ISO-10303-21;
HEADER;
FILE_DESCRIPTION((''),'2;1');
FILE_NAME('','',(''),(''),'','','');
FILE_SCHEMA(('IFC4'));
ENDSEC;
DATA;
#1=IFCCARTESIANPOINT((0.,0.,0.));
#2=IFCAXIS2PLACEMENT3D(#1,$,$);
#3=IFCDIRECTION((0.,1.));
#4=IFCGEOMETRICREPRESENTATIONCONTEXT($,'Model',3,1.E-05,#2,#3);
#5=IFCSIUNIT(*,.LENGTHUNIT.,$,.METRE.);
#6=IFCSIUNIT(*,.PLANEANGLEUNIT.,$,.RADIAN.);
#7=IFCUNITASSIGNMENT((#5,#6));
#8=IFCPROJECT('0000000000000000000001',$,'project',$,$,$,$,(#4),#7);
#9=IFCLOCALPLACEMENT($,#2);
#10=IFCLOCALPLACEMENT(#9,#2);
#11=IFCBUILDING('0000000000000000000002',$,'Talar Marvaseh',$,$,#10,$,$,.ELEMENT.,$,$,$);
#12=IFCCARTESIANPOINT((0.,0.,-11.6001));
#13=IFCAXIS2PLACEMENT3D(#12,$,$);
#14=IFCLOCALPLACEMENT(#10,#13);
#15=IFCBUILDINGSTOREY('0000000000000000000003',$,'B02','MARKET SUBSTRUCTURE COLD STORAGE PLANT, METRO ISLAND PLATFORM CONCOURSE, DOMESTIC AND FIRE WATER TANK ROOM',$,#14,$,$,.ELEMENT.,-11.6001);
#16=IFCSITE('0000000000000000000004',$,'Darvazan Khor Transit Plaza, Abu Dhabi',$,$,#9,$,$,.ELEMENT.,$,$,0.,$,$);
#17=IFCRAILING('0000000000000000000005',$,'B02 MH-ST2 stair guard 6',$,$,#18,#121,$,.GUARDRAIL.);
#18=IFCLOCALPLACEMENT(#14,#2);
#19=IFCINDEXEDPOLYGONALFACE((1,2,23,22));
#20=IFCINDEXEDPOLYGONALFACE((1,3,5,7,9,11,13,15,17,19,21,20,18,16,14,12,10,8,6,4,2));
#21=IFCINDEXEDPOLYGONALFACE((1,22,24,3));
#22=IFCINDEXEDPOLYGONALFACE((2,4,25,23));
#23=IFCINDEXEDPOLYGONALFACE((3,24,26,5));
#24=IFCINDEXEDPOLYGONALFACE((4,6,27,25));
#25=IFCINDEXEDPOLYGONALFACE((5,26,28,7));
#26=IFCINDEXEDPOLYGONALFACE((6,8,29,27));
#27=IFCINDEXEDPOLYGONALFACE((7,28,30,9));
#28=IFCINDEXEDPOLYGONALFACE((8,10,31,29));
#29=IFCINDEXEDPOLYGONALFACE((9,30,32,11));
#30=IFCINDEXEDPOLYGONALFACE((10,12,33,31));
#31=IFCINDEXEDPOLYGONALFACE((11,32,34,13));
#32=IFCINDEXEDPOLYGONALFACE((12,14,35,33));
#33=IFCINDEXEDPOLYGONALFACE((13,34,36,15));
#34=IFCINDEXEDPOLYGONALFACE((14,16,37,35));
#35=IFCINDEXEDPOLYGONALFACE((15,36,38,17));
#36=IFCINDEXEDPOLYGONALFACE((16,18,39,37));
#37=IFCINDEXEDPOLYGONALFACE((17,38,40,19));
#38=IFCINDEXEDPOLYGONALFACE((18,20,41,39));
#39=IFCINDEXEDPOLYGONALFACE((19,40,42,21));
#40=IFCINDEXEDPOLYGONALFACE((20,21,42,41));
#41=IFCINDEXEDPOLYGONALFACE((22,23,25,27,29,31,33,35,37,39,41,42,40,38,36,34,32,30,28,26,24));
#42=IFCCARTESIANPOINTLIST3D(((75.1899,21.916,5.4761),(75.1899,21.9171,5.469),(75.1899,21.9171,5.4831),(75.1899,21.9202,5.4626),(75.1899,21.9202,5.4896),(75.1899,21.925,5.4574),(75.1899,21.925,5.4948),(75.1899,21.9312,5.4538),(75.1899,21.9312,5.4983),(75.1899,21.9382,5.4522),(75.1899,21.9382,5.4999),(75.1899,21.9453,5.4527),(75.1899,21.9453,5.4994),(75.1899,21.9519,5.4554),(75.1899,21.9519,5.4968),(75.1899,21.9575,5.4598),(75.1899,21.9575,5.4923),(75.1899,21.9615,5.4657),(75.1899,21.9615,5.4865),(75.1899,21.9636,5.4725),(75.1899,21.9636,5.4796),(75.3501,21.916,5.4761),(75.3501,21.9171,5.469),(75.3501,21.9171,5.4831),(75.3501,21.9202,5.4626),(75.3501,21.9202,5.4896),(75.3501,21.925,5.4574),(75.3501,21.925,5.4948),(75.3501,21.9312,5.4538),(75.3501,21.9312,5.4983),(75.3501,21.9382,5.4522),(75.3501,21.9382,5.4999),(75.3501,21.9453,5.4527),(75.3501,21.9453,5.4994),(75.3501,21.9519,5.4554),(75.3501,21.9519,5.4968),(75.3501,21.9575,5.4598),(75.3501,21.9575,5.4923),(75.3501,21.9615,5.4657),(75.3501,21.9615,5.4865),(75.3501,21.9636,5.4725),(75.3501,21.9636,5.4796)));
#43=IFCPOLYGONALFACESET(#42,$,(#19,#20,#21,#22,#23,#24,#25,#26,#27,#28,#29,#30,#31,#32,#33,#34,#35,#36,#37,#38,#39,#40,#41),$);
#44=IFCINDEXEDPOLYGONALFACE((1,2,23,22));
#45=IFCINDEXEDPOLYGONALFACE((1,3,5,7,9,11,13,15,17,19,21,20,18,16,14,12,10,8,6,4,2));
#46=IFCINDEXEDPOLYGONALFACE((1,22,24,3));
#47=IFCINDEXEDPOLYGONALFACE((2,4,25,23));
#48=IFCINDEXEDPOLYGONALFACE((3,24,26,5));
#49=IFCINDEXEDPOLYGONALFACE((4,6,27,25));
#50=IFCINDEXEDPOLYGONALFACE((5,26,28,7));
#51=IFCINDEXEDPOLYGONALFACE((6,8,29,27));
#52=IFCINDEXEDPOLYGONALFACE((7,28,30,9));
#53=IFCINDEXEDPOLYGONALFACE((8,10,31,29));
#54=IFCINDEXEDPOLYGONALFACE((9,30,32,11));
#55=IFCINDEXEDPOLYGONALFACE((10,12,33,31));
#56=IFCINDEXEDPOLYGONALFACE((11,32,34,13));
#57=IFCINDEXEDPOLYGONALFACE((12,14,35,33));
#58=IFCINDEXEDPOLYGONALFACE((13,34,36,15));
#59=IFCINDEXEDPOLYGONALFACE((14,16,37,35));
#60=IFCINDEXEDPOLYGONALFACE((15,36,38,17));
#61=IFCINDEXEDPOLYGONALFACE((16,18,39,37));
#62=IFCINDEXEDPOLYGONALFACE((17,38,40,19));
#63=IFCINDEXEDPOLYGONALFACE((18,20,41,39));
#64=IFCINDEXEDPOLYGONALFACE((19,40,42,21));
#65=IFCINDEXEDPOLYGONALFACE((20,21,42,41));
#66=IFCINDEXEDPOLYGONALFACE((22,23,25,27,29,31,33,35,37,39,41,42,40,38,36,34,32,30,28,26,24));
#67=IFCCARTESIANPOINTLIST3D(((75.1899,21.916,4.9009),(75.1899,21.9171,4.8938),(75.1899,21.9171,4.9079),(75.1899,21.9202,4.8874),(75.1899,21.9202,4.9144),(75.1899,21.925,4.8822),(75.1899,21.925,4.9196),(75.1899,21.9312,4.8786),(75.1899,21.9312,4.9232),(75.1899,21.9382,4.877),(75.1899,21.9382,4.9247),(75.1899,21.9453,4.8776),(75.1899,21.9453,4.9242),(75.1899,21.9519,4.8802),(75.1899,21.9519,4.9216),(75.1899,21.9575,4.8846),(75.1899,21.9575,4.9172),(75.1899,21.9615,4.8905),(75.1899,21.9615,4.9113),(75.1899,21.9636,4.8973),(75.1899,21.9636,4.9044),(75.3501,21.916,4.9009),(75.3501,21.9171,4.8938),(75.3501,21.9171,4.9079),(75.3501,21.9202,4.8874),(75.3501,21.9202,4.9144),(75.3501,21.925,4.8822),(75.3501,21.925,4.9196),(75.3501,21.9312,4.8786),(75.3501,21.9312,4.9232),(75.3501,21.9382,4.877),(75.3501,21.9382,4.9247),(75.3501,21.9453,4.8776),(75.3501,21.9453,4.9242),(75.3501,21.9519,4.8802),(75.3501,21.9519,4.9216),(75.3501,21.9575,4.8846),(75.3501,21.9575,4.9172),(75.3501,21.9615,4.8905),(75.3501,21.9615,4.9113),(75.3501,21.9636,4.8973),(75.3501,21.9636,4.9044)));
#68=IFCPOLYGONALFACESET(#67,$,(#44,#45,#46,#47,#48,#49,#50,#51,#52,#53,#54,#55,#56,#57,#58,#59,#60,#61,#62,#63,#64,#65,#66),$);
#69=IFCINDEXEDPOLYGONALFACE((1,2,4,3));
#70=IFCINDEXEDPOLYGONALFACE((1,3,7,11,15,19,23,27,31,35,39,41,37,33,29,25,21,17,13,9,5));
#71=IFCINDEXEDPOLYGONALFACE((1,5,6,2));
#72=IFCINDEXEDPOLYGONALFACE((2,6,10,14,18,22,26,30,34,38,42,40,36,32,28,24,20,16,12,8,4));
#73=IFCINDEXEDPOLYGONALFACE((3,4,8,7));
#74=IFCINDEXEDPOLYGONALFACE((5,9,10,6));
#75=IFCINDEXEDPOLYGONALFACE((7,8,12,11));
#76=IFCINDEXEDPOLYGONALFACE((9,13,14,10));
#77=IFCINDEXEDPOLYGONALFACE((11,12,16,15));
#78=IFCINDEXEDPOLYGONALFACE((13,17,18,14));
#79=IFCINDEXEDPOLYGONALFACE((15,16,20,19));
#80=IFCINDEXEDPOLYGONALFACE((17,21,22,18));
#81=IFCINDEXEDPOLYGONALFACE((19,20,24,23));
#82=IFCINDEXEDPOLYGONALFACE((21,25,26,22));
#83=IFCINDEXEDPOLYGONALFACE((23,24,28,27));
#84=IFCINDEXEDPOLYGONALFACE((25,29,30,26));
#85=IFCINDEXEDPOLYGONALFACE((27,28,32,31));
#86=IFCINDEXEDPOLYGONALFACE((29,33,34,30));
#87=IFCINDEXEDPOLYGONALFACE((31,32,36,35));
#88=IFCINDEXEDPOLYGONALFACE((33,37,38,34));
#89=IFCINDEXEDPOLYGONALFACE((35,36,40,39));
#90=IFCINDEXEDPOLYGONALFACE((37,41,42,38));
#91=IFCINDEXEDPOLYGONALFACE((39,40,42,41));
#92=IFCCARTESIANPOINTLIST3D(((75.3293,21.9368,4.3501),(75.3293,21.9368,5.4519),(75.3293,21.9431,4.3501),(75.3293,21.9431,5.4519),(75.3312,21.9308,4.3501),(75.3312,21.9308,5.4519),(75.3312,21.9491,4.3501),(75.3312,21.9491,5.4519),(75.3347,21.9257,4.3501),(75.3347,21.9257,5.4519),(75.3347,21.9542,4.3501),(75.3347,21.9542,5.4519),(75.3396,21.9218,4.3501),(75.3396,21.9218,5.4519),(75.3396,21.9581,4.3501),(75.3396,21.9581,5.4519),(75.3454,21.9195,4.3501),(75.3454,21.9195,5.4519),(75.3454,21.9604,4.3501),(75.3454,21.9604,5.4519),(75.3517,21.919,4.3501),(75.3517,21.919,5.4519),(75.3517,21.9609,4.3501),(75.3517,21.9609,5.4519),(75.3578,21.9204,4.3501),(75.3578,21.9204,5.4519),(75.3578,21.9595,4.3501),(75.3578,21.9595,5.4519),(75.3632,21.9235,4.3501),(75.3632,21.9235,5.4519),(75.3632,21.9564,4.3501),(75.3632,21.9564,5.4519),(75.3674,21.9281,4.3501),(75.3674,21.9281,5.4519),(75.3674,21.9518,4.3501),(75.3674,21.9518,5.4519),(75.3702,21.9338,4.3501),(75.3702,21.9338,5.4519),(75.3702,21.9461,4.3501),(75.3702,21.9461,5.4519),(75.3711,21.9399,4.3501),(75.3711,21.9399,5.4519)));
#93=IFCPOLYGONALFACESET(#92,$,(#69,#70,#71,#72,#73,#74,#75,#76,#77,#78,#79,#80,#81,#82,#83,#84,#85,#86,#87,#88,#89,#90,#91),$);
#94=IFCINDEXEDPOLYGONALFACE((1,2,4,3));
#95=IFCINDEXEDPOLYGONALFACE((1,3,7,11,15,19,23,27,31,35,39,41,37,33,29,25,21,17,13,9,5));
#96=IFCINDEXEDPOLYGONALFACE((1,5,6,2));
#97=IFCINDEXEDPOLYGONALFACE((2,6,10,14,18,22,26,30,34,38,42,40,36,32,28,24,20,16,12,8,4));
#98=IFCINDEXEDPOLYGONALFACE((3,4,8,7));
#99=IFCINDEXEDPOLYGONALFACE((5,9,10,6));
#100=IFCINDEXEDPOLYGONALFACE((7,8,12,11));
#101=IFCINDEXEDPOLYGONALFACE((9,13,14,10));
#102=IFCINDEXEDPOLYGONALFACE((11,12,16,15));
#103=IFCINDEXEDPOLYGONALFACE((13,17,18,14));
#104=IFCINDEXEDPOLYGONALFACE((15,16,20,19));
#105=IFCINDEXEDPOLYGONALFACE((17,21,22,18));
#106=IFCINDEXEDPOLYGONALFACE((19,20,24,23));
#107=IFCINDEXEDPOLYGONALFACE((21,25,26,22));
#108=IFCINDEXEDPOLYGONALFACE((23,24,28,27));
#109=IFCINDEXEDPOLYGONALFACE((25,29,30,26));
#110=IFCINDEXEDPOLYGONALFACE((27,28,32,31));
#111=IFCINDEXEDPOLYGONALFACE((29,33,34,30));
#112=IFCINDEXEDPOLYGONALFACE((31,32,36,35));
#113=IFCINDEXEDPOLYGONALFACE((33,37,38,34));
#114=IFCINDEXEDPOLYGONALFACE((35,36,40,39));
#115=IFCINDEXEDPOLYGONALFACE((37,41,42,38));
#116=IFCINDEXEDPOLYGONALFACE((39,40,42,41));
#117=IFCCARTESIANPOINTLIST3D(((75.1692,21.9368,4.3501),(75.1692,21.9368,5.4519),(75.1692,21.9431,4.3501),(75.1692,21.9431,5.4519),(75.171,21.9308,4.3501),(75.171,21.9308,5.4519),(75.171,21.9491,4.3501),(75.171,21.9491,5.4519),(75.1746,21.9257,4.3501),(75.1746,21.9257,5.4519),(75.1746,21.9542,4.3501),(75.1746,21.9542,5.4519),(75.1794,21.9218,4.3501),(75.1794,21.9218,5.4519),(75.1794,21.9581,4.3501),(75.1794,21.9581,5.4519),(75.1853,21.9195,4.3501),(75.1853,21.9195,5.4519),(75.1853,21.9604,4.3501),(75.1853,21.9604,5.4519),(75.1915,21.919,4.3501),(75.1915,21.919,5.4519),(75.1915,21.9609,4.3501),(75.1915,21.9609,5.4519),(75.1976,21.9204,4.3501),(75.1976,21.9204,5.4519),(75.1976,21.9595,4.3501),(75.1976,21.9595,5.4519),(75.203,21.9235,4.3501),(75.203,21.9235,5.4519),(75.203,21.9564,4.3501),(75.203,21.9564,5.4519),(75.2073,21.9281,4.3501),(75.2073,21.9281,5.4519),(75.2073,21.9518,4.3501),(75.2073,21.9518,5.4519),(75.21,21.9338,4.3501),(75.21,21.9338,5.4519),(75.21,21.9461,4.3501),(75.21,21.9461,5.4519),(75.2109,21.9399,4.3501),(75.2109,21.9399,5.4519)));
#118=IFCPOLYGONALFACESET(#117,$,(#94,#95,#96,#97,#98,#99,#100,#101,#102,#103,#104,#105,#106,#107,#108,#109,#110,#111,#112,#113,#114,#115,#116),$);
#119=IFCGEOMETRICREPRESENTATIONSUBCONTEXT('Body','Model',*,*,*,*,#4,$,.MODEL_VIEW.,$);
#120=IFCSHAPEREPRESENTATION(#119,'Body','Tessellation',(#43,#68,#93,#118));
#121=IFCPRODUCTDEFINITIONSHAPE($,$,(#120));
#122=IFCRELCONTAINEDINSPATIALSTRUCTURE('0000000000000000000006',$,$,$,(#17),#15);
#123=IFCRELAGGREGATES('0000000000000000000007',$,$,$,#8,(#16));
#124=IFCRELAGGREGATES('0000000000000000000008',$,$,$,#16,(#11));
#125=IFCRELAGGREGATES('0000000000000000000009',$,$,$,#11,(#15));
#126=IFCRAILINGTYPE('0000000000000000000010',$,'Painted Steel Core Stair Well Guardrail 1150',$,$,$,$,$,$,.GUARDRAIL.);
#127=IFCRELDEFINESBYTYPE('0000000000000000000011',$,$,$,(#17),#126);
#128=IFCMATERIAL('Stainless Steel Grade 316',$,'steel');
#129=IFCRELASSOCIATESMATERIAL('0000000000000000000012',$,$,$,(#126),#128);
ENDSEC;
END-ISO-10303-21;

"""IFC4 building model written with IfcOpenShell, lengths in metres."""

from ifc_helpers import new_model, si_unit, direction, frame, origin, origin_2d, place, context, subcontext, project, spatial, circle, extrude, material, type_object, element, save


model = new_model("IFC4")

# Units and contexts
model_context = context("Model", 3, precision=1e-05, world=origin(), true_north=direction((0.0, 1.0)))
body_context = subcontext(model_context, "Body", "Model", "MODEL_VIEW")
ifc_project = project(units=[si_unit("LENGTHUNIT", "METRE"), si_unit("PLANEANGLEUNIT", "RADIAN")], contexts=[model_context])

# Site, building, storey
site_placement = place(None, origin())
site = spatial("IfcSite", under=ifc_project, at=site_placement, Name="Darvazan Khor Transit Plaza, Abu Dhabi", CompositionType="ELEMENT", RefElevation=0.0)
building_placement = place(site_placement, origin())
building = spatial("IfcBuilding", under=site, at=building_placement, Name="Talar Marvaseh", CompositionType="ELEMENT")
storey_placement = place(building_placement, frame((0.0, 0.0, -11.6001)))
storey = spatial("IfcBuildingStorey", under=building, at=storey_placement, Name="B02", Description="MARKET SUBSTRUCTURE COLD STORAGE PLANT, METRO ISLAND PLATFORM CONCOURSE, DOMESTIC AND FIRE WATER TANK ROOM", CompositionType="ELEMENT", Elevation=-11.6001)

# Railing
ifc_material_1 = material(Name="Stainless Steel Grade 316", Category="steel")
railing_type_1 = type_object("IfcRailingType", Name="Painted Steel Core Stair Well Guardrail 1150", PredefinedType="GUARDRAIL", material=ifc_material_1)
railing_1_placement = place(storey_placement, frame((75.3501, 21.9399, 4.3501)))
element("IfcRailing", 1, at=railing_1_placement, inside=storey, type_object=railing_type_1, Name="B02 MH-ST2 stair guard 6", PredefinedType="GUARDRAIL", context=body_context, shape_type="SweptSolid", body=[
    extrude(circle(Radius=0.0239, at=origin_2d()), frame((0.0, 0.0, 1.126), z_axis=(-1.0, 0.0, 0.0), x_axis=(0.0, -1.0, 0.0)), (0.0, 0.0, 1.0), 0.1602),
    extrude(circle(Radius=0.0239, at=origin_2d()), frame((0.0, 0.0, 0.5508), z_axis=(-1.0, 0.0, 0.0), x_axis=(0.0, -1.0, 0.0)), (0.0, 0.0, 1.0), 0.1602),
    extrude(circle(Radius=0.021, at=origin_2d()), origin(), (0.0, 0.0, 1.0), 1.1018),
    extrude(circle(Radius=0.021, at=origin_2d()), frame((-0.1602, 0.0, 0.0)), (0.0, 0.0, 1.0), 1.1018),
])

save(model, "model.ifc")
